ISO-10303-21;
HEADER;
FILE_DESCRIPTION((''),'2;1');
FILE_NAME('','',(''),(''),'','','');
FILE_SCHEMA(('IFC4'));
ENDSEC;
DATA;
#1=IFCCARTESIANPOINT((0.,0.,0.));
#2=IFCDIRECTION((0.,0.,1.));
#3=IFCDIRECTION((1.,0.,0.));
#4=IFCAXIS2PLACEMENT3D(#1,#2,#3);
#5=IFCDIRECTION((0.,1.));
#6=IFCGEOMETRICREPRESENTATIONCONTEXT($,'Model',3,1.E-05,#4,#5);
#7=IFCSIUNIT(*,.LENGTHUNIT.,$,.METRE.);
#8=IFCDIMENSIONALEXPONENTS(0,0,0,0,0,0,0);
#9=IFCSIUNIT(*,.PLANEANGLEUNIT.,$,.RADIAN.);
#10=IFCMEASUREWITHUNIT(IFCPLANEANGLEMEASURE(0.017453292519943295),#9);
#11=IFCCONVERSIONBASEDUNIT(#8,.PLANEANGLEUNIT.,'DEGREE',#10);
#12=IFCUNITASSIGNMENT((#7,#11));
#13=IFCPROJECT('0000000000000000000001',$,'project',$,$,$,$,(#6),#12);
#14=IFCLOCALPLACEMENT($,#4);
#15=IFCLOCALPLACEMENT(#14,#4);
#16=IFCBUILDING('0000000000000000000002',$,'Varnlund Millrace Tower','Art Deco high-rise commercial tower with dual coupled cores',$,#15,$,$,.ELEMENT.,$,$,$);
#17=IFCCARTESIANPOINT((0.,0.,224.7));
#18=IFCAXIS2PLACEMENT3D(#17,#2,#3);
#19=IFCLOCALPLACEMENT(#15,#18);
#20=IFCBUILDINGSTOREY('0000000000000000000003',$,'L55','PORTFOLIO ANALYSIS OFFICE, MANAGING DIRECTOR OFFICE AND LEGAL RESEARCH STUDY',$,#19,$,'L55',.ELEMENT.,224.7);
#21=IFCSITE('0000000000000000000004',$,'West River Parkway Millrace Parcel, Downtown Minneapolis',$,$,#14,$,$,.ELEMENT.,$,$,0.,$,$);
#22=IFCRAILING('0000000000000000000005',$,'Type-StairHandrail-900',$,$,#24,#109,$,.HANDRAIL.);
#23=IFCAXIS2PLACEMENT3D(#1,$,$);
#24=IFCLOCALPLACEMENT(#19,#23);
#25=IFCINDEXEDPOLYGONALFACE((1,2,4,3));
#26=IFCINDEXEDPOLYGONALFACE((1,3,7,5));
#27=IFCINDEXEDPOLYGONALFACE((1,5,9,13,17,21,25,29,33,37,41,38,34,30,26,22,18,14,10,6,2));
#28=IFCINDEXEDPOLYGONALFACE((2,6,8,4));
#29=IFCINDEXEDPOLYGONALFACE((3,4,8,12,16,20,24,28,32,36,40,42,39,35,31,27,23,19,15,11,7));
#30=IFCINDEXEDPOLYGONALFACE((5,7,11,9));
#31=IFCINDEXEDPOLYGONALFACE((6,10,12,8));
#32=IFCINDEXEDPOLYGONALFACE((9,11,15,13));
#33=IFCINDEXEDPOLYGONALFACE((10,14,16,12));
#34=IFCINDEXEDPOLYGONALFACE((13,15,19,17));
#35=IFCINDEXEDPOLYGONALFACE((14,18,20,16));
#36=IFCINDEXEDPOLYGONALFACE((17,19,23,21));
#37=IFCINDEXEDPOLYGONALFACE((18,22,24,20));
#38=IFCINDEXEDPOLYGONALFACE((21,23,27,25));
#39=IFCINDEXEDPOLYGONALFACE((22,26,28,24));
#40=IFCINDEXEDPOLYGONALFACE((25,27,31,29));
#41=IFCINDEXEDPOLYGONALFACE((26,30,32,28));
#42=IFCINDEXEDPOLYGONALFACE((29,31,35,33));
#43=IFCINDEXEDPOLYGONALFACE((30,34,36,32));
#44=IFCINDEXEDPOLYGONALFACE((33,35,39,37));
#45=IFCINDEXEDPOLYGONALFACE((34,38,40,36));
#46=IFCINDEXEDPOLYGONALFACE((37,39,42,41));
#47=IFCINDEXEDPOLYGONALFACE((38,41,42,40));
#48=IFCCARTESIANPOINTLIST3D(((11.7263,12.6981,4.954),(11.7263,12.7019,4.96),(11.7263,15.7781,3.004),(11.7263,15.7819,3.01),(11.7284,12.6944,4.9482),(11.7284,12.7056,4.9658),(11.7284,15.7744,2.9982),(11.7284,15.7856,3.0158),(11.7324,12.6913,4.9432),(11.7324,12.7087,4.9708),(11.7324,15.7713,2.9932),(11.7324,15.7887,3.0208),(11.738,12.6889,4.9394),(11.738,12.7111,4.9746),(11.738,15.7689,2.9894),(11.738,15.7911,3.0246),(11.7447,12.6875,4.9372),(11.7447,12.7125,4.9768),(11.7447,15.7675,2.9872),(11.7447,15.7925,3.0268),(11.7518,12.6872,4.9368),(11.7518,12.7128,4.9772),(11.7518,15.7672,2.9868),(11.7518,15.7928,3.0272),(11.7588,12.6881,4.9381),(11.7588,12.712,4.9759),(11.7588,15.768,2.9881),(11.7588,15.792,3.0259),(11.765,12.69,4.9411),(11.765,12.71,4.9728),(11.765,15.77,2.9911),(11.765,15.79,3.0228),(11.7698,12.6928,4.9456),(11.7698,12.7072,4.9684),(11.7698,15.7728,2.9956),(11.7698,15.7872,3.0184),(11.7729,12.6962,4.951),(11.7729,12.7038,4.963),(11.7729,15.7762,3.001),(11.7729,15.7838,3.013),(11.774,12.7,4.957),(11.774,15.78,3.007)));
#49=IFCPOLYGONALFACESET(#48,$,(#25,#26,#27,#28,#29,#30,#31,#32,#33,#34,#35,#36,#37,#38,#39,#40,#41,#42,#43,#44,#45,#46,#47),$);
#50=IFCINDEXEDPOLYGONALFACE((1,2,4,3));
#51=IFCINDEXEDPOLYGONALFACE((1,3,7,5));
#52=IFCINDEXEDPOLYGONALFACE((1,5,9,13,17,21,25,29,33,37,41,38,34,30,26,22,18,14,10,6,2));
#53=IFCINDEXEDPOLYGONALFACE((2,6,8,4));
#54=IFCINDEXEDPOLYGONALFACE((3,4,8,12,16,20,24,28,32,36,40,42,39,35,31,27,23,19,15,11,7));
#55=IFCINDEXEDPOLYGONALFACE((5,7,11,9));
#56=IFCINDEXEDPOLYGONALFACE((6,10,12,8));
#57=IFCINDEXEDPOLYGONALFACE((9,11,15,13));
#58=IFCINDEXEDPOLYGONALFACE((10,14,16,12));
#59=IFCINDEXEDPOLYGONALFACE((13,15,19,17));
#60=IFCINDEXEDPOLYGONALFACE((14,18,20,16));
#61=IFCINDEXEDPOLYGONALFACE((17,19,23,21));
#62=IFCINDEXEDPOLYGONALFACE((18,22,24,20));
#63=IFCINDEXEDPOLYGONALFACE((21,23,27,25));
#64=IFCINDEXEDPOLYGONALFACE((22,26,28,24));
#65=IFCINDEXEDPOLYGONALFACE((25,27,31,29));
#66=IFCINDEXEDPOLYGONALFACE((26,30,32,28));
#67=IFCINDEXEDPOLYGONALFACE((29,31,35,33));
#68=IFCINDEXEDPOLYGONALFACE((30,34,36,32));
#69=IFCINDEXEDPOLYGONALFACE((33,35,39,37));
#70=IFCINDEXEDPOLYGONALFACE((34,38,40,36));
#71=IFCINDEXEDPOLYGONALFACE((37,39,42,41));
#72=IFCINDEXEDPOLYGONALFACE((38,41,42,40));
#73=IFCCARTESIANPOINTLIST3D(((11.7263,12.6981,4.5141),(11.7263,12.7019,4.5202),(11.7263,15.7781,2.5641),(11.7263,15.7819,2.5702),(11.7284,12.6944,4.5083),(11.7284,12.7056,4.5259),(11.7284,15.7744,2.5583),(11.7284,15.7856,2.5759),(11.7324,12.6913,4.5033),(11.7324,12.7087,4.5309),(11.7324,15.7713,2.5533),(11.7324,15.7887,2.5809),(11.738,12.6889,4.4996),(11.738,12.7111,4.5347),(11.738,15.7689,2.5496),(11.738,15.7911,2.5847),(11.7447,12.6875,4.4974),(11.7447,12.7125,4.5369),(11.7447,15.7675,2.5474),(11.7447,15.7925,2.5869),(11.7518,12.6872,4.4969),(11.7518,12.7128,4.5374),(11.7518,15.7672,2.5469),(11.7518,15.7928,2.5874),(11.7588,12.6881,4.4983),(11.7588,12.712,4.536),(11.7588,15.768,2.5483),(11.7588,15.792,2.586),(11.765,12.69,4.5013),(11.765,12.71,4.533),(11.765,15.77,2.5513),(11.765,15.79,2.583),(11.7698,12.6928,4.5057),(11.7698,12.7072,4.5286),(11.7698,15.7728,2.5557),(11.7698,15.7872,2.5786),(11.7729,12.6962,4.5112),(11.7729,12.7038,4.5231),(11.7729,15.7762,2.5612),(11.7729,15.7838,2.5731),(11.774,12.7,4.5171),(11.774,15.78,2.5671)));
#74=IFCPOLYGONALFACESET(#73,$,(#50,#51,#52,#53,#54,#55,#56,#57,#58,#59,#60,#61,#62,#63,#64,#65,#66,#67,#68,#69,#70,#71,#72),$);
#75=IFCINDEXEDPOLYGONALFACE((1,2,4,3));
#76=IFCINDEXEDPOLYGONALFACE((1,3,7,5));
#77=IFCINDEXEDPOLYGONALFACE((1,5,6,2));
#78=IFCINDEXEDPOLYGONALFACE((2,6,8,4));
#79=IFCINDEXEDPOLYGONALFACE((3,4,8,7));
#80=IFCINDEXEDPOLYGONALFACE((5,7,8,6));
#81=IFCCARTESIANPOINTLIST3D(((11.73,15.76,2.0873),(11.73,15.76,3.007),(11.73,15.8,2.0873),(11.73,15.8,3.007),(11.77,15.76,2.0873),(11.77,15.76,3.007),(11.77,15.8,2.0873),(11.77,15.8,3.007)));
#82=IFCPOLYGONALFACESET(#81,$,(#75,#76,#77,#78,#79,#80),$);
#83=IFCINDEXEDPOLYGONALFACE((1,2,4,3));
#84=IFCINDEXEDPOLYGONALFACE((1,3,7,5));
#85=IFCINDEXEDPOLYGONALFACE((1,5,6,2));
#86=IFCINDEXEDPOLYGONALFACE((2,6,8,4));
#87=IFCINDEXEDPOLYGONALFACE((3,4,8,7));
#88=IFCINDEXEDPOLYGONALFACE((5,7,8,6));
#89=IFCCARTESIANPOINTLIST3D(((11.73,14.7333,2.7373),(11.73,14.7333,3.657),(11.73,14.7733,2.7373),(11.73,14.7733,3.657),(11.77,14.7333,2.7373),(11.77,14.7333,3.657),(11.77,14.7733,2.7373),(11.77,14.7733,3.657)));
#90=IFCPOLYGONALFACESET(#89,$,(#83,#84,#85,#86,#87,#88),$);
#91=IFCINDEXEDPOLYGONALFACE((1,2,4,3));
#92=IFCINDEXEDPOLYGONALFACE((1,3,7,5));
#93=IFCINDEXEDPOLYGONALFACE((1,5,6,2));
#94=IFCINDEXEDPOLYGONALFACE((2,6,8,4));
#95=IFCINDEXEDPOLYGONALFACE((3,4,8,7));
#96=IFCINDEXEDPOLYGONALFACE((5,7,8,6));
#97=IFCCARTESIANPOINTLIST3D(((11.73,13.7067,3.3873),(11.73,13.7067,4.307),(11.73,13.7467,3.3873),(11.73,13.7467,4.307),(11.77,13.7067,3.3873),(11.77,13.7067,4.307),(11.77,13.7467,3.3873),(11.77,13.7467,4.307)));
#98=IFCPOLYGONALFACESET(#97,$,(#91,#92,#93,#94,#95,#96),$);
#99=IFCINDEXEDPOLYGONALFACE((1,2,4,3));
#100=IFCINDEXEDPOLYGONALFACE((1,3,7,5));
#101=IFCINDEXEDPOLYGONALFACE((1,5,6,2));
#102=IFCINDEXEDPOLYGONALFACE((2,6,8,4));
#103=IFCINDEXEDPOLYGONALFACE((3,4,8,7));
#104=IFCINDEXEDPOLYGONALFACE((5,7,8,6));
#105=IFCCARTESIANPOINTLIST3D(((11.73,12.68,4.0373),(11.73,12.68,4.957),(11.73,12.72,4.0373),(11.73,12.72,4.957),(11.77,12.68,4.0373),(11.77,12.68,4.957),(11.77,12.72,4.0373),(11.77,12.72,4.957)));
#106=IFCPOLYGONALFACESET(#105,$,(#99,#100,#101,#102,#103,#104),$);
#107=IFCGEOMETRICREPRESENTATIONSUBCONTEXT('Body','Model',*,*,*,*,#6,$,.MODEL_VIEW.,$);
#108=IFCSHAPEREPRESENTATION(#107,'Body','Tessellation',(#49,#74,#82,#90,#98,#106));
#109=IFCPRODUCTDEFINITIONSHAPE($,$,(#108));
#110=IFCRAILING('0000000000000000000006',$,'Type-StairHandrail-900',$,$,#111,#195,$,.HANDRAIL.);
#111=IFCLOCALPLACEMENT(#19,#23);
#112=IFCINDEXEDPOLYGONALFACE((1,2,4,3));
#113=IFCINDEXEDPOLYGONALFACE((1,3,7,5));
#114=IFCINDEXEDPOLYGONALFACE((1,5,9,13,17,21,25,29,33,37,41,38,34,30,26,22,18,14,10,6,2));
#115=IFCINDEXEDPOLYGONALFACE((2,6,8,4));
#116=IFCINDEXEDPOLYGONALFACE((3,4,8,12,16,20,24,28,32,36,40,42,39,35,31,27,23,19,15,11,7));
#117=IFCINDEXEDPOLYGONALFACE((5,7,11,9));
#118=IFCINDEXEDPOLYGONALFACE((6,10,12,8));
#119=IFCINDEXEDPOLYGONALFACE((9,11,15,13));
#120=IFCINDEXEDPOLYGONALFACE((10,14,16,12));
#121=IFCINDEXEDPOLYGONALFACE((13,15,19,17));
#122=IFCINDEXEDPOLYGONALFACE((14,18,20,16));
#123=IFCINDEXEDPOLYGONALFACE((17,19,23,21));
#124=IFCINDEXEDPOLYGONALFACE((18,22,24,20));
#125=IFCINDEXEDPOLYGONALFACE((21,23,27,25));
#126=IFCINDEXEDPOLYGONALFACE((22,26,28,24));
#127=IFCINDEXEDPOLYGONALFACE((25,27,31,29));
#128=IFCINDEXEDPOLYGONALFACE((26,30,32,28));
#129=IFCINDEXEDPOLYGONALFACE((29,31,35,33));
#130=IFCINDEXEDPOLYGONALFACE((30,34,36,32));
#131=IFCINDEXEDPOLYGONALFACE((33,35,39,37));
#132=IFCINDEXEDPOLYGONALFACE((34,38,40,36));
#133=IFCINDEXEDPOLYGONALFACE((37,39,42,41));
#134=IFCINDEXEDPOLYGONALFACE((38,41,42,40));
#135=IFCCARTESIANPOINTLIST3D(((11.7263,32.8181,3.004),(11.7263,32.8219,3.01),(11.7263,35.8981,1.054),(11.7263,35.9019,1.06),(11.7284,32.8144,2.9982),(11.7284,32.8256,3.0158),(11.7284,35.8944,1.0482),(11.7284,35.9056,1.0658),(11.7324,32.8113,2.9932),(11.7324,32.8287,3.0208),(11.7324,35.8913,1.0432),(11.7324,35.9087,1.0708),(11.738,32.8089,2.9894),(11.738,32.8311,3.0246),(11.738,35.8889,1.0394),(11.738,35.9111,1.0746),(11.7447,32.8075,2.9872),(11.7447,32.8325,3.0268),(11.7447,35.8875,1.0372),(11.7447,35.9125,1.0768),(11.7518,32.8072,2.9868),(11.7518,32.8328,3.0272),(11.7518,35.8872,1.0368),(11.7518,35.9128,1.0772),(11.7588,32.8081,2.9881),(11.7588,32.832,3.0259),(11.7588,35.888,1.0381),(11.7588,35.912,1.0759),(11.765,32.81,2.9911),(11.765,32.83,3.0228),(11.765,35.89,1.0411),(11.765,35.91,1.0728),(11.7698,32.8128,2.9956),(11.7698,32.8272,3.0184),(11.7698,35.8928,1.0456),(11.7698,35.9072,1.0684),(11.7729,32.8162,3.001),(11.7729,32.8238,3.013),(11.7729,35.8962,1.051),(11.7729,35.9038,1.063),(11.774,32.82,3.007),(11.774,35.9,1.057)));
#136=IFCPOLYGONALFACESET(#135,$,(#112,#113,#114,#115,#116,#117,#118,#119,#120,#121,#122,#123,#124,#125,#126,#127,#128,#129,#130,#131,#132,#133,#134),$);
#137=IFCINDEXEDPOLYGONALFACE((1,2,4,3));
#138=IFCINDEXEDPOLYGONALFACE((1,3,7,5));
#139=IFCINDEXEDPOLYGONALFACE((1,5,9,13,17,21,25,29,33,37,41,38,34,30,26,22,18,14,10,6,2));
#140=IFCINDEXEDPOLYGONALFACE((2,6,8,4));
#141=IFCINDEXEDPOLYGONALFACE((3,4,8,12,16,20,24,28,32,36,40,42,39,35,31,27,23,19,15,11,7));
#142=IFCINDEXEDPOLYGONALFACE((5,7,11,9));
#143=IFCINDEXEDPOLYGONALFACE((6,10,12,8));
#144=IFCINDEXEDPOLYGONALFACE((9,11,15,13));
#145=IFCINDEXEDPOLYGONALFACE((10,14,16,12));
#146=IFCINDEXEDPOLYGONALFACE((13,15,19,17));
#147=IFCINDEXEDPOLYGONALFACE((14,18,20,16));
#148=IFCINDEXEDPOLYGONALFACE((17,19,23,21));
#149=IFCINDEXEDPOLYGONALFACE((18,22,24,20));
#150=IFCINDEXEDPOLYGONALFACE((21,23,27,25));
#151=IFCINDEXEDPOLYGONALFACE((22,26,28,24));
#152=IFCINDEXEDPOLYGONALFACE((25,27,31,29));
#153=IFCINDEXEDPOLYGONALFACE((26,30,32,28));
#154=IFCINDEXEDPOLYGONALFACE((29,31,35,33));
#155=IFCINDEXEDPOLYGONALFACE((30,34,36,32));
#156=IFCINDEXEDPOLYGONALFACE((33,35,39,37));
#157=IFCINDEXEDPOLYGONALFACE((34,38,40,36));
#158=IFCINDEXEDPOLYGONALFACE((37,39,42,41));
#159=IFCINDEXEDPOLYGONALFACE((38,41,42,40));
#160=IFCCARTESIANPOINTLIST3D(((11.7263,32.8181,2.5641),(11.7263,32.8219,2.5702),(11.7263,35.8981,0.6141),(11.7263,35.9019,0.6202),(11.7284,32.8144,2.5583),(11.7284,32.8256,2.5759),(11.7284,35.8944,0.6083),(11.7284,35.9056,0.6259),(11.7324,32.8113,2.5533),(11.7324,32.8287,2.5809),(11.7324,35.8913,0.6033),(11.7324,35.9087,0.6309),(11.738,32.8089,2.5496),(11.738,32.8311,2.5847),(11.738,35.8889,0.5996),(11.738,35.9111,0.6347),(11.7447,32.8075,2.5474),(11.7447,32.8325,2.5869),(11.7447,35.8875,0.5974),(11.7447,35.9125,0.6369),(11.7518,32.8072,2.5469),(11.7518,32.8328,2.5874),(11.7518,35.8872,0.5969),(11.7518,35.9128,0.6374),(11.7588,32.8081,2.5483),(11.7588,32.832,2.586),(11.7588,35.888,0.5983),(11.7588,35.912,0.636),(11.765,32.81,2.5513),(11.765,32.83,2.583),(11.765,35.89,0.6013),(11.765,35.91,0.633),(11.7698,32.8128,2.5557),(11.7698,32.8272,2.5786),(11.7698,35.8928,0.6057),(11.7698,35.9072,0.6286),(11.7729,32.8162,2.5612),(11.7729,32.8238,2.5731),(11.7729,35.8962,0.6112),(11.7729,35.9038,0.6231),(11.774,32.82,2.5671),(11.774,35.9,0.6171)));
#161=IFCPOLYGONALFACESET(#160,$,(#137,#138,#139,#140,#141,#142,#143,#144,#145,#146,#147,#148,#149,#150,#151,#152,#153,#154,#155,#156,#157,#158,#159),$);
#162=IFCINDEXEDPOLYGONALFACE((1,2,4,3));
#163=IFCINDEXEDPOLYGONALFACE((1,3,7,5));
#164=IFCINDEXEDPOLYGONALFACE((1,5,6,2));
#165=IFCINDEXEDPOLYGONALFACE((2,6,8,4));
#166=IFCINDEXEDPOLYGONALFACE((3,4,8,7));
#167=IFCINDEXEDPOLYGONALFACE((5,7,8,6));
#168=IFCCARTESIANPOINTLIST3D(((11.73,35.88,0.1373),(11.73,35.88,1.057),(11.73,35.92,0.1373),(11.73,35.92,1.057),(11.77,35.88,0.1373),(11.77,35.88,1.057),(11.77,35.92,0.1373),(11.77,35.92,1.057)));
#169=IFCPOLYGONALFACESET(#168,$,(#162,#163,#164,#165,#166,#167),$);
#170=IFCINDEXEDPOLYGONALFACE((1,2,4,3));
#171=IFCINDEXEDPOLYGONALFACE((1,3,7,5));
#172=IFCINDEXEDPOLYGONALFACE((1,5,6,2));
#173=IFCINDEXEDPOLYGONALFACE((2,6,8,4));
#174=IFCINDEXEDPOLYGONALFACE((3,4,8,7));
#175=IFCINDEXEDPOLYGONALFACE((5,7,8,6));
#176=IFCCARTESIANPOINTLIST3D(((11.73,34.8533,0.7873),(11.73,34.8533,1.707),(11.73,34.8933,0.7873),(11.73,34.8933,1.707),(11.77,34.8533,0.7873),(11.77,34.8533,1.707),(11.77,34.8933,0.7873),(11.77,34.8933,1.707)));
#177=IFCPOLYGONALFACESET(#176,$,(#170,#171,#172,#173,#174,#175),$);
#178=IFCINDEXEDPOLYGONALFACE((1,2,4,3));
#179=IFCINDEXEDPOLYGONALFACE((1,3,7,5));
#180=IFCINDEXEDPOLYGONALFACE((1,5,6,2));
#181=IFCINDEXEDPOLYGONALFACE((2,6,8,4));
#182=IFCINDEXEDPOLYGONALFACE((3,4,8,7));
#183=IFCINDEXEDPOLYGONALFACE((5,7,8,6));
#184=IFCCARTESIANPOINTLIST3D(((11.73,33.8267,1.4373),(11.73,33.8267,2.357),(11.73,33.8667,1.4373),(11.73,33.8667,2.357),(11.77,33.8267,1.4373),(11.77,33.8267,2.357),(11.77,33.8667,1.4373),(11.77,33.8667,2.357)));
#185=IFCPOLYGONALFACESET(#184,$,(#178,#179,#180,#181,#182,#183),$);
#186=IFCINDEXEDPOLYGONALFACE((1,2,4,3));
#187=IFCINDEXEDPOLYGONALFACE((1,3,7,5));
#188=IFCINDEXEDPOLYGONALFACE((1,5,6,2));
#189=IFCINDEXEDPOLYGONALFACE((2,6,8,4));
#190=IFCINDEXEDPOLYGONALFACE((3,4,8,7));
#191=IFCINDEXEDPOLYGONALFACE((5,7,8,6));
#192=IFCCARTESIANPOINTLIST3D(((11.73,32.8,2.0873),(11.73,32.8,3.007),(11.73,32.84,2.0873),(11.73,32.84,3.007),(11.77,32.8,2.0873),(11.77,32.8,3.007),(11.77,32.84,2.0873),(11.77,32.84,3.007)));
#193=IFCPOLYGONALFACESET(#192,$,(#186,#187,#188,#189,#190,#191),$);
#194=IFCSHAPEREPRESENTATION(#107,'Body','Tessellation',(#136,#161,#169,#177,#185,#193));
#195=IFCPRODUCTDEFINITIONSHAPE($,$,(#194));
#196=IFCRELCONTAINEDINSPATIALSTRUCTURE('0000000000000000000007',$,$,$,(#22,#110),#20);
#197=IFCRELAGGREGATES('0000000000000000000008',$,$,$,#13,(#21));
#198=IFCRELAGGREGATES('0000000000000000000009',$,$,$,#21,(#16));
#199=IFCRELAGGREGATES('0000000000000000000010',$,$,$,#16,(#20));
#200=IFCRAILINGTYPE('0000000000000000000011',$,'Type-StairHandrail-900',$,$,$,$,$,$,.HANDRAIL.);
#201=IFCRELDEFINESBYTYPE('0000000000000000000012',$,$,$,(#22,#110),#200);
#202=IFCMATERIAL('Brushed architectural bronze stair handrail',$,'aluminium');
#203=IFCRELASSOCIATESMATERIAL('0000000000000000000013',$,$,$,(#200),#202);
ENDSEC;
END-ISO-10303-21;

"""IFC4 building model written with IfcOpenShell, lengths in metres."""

from ifc_helpers import new_model, entity, si_unit, converted_unit, direction, frame, origin_with_axes, origin_2d_with_axis, place, context, subcontext, project, spatial, rectangle, circle, extrude, material, type_object, element, save


model = new_model("IFC4")

# Units and contexts
model_context = context("Model", 3, precision=1e-05, world=origin_with_axes(), true_north=direction((0.0, 1.0)))
body_context = subcontext(model_context, "Body", "Model", "MODEL_VIEW")
ifc_project = project(units=[si_unit("LENGTHUNIT", "METRE"), converted_unit("PLANEANGLEUNIT", "DEGREE", entity("IfcPlaneAngleMeasure", 0.017453292519943295), si_unit("PLANEANGLEUNIT", "RADIAN"), dimensions=[0, 0, 0, 0, 0, 0, 0])], contexts=[model_context])

# Site, building, storey
site_placement = place(None, origin_with_axes())
site = spatial("IfcSite", under=ifc_project, at=site_placement, Name="West River Parkway Millrace Parcel, Downtown Minneapolis", CompositionType="ELEMENT", RefElevation=0.0)
building_placement = place(site_placement, origin_with_axes())
building = spatial("IfcBuilding", under=site, at=building_placement, Name="Varnlund Millrace Tower", Description="Art Deco high-rise commercial tower with dual coupled cores", CompositionType="ELEMENT")
storey_placement = place(building_placement, frame((0.0, 0.0, 224.7), z_axis=(0.0, 0.0, 1.0), x_axis=(1.0, 0.0, 0.0)))
storey = spatial("IfcBuildingStorey", under=building, at=storey_placement, Name="L55", Description="PORTFOLIO ANALYSIS OFFICE, MANAGING DIRECTOR OFFICE AND LEGAL RESEARCH STUDY", LongName="L55", CompositionType="ELEMENT", Elevation=224.7)

# Railings
ifc_material_1 = material(Name="Brushed architectural bronze stair handrail", Category="aluminium")
railing_type_1 = type_object("IfcRailingType", Name="Type-StairHandrail-900", PredefinedType="HANDRAIL", material=ifc_material_1)
railing_1_placement = place(storey_placement, frame((0.0, 0.0, -224.7), z_axis=(0.0, 0.0, 1.0), x_axis=(1.0, 0.0, 0.0)))
element("IfcRailing", 1, at=railing_1_placement, inside=storey, type_object=railing_type_1, Name="Type-StairHandrail-900", PredefinedType="HANDRAIL", context=body_context, shape_type="SweptSolid", body=[
    extrude(circle(Radius=0.024, at=origin_2d_with_axis()), frame((11.75, 15.78, 227.707), z_axis=(0.0, -0.844902, 0.534922), x_axis=(1.0, 0.0, 0.0)), (0.0, 0.0, 1.0), 3.6454),
    extrude(circle(Radius=0.024, at=origin_2d_with_axis()), frame((11.75, 15.78, 227.2671), z_axis=(0.0, -0.844902, 0.534922), x_axis=(1.0, 0.0, 0.0)), (0.0, 0.0, 1.0), 3.6454),
    extrude(rectangle(XDim=0.04, YDim=0.04, at=origin_2d_with_axis()), frame((11.75, 15.78, 226.7873), z_axis=(0.0, 0.0, 1.0), x_axis=(1.0, 0.0, 0.0)), (0.0, 0.0, 1.0), 0.9197),
    extrude(rectangle(XDim=0.04, YDim=0.04, at=origin_2d_with_axis()), frame((11.75, 14.7533, 227.4373), z_axis=(0.0, 0.0, 1.0), x_axis=(1.0, 0.0, 0.0)), (0.0, 0.0, 1.0), 0.9197),
    extrude(rectangle(XDim=0.04, YDim=0.04, at=origin_2d_with_axis()), frame((11.75, 13.7267, 228.0873), z_axis=(0.0, 0.0, 1.0), x_axis=(1.0, 0.0, 0.0)), (0.0, 0.0, 1.0), 0.9197),
    extrude(rectangle(XDim=0.04, YDim=0.04, at=origin_2d_with_axis()), frame((11.75, 12.7, 228.7373), z_axis=(0.0, 0.0, 1.0), x_axis=(1.0, 0.0, 0.0)), (0.0, 0.0, 1.0), 0.9197),
])
railing_2_placement = place(storey_placement, frame((0.0, 0.0, -224.7), z_axis=(0.0, 0.0, 1.0), x_axis=(1.0, 0.0, 0.0)))
element("IfcRailing", 2, at=railing_2_placement, inside=storey, type_object=railing_type_1, Name="Type-StairHandrail-900", PredefinedType="HANDRAIL", context=body_context, shape_type="SweptSolid", body=[
    extrude(circle(Radius=0.024, at=origin_2d_with_axis()), frame((11.75, 35.9, 225.757), z_axis=(0.0, -0.844902, 0.534922), x_axis=(1.0, 0.0, 0.0)), (0.0, 0.0, 1.0), 3.6454),
    extrude(circle(Radius=0.024, at=origin_2d_with_axis()), frame((11.75, 35.9, 225.3171), z_axis=(0.0, -0.844902, 0.534922), x_axis=(1.0, 0.0, 0.0)), (0.0, 0.0, 1.0), 3.6454),
    extrude(rectangle(XDim=0.04, YDim=0.04, at=origin_2d_with_axis()), frame((11.75, 35.9, 224.8373), z_axis=(0.0, 0.0, 1.0), x_axis=(1.0, 0.0, 0.0)), (0.0, 0.0, 1.0), 0.9197),
    extrude(rectangle(XDim=0.04, YDim=0.04, at=origin_2d_with_axis()), frame((11.75, 34.8733, 225.4873), z_axis=(0.0, 0.0, 1.0), x_axis=(1.0, 0.0, 0.0)), (0.0, 0.0, 1.0), 0.9197),
    extrude(rectangle(XDim=0.04, YDim=0.04, at=origin_2d_with_axis()), frame((11.75, 33.8467, 226.1373), z_axis=(0.0, 0.0, 1.0), x_axis=(1.0, 0.0, 0.0)), (0.0, 0.0, 1.0), 0.9197),
    extrude(rectangle(XDim=0.04, YDim=0.04, at=origin_2d_with_axis()), frame((11.75, 32.82, 226.7873), z_axis=(0.0, 0.0, 1.0), x_axis=(1.0, 0.0, 0.0)), (0.0, 0.0, 1.0), 0.9197),
])

save(model, "model.ifc")
